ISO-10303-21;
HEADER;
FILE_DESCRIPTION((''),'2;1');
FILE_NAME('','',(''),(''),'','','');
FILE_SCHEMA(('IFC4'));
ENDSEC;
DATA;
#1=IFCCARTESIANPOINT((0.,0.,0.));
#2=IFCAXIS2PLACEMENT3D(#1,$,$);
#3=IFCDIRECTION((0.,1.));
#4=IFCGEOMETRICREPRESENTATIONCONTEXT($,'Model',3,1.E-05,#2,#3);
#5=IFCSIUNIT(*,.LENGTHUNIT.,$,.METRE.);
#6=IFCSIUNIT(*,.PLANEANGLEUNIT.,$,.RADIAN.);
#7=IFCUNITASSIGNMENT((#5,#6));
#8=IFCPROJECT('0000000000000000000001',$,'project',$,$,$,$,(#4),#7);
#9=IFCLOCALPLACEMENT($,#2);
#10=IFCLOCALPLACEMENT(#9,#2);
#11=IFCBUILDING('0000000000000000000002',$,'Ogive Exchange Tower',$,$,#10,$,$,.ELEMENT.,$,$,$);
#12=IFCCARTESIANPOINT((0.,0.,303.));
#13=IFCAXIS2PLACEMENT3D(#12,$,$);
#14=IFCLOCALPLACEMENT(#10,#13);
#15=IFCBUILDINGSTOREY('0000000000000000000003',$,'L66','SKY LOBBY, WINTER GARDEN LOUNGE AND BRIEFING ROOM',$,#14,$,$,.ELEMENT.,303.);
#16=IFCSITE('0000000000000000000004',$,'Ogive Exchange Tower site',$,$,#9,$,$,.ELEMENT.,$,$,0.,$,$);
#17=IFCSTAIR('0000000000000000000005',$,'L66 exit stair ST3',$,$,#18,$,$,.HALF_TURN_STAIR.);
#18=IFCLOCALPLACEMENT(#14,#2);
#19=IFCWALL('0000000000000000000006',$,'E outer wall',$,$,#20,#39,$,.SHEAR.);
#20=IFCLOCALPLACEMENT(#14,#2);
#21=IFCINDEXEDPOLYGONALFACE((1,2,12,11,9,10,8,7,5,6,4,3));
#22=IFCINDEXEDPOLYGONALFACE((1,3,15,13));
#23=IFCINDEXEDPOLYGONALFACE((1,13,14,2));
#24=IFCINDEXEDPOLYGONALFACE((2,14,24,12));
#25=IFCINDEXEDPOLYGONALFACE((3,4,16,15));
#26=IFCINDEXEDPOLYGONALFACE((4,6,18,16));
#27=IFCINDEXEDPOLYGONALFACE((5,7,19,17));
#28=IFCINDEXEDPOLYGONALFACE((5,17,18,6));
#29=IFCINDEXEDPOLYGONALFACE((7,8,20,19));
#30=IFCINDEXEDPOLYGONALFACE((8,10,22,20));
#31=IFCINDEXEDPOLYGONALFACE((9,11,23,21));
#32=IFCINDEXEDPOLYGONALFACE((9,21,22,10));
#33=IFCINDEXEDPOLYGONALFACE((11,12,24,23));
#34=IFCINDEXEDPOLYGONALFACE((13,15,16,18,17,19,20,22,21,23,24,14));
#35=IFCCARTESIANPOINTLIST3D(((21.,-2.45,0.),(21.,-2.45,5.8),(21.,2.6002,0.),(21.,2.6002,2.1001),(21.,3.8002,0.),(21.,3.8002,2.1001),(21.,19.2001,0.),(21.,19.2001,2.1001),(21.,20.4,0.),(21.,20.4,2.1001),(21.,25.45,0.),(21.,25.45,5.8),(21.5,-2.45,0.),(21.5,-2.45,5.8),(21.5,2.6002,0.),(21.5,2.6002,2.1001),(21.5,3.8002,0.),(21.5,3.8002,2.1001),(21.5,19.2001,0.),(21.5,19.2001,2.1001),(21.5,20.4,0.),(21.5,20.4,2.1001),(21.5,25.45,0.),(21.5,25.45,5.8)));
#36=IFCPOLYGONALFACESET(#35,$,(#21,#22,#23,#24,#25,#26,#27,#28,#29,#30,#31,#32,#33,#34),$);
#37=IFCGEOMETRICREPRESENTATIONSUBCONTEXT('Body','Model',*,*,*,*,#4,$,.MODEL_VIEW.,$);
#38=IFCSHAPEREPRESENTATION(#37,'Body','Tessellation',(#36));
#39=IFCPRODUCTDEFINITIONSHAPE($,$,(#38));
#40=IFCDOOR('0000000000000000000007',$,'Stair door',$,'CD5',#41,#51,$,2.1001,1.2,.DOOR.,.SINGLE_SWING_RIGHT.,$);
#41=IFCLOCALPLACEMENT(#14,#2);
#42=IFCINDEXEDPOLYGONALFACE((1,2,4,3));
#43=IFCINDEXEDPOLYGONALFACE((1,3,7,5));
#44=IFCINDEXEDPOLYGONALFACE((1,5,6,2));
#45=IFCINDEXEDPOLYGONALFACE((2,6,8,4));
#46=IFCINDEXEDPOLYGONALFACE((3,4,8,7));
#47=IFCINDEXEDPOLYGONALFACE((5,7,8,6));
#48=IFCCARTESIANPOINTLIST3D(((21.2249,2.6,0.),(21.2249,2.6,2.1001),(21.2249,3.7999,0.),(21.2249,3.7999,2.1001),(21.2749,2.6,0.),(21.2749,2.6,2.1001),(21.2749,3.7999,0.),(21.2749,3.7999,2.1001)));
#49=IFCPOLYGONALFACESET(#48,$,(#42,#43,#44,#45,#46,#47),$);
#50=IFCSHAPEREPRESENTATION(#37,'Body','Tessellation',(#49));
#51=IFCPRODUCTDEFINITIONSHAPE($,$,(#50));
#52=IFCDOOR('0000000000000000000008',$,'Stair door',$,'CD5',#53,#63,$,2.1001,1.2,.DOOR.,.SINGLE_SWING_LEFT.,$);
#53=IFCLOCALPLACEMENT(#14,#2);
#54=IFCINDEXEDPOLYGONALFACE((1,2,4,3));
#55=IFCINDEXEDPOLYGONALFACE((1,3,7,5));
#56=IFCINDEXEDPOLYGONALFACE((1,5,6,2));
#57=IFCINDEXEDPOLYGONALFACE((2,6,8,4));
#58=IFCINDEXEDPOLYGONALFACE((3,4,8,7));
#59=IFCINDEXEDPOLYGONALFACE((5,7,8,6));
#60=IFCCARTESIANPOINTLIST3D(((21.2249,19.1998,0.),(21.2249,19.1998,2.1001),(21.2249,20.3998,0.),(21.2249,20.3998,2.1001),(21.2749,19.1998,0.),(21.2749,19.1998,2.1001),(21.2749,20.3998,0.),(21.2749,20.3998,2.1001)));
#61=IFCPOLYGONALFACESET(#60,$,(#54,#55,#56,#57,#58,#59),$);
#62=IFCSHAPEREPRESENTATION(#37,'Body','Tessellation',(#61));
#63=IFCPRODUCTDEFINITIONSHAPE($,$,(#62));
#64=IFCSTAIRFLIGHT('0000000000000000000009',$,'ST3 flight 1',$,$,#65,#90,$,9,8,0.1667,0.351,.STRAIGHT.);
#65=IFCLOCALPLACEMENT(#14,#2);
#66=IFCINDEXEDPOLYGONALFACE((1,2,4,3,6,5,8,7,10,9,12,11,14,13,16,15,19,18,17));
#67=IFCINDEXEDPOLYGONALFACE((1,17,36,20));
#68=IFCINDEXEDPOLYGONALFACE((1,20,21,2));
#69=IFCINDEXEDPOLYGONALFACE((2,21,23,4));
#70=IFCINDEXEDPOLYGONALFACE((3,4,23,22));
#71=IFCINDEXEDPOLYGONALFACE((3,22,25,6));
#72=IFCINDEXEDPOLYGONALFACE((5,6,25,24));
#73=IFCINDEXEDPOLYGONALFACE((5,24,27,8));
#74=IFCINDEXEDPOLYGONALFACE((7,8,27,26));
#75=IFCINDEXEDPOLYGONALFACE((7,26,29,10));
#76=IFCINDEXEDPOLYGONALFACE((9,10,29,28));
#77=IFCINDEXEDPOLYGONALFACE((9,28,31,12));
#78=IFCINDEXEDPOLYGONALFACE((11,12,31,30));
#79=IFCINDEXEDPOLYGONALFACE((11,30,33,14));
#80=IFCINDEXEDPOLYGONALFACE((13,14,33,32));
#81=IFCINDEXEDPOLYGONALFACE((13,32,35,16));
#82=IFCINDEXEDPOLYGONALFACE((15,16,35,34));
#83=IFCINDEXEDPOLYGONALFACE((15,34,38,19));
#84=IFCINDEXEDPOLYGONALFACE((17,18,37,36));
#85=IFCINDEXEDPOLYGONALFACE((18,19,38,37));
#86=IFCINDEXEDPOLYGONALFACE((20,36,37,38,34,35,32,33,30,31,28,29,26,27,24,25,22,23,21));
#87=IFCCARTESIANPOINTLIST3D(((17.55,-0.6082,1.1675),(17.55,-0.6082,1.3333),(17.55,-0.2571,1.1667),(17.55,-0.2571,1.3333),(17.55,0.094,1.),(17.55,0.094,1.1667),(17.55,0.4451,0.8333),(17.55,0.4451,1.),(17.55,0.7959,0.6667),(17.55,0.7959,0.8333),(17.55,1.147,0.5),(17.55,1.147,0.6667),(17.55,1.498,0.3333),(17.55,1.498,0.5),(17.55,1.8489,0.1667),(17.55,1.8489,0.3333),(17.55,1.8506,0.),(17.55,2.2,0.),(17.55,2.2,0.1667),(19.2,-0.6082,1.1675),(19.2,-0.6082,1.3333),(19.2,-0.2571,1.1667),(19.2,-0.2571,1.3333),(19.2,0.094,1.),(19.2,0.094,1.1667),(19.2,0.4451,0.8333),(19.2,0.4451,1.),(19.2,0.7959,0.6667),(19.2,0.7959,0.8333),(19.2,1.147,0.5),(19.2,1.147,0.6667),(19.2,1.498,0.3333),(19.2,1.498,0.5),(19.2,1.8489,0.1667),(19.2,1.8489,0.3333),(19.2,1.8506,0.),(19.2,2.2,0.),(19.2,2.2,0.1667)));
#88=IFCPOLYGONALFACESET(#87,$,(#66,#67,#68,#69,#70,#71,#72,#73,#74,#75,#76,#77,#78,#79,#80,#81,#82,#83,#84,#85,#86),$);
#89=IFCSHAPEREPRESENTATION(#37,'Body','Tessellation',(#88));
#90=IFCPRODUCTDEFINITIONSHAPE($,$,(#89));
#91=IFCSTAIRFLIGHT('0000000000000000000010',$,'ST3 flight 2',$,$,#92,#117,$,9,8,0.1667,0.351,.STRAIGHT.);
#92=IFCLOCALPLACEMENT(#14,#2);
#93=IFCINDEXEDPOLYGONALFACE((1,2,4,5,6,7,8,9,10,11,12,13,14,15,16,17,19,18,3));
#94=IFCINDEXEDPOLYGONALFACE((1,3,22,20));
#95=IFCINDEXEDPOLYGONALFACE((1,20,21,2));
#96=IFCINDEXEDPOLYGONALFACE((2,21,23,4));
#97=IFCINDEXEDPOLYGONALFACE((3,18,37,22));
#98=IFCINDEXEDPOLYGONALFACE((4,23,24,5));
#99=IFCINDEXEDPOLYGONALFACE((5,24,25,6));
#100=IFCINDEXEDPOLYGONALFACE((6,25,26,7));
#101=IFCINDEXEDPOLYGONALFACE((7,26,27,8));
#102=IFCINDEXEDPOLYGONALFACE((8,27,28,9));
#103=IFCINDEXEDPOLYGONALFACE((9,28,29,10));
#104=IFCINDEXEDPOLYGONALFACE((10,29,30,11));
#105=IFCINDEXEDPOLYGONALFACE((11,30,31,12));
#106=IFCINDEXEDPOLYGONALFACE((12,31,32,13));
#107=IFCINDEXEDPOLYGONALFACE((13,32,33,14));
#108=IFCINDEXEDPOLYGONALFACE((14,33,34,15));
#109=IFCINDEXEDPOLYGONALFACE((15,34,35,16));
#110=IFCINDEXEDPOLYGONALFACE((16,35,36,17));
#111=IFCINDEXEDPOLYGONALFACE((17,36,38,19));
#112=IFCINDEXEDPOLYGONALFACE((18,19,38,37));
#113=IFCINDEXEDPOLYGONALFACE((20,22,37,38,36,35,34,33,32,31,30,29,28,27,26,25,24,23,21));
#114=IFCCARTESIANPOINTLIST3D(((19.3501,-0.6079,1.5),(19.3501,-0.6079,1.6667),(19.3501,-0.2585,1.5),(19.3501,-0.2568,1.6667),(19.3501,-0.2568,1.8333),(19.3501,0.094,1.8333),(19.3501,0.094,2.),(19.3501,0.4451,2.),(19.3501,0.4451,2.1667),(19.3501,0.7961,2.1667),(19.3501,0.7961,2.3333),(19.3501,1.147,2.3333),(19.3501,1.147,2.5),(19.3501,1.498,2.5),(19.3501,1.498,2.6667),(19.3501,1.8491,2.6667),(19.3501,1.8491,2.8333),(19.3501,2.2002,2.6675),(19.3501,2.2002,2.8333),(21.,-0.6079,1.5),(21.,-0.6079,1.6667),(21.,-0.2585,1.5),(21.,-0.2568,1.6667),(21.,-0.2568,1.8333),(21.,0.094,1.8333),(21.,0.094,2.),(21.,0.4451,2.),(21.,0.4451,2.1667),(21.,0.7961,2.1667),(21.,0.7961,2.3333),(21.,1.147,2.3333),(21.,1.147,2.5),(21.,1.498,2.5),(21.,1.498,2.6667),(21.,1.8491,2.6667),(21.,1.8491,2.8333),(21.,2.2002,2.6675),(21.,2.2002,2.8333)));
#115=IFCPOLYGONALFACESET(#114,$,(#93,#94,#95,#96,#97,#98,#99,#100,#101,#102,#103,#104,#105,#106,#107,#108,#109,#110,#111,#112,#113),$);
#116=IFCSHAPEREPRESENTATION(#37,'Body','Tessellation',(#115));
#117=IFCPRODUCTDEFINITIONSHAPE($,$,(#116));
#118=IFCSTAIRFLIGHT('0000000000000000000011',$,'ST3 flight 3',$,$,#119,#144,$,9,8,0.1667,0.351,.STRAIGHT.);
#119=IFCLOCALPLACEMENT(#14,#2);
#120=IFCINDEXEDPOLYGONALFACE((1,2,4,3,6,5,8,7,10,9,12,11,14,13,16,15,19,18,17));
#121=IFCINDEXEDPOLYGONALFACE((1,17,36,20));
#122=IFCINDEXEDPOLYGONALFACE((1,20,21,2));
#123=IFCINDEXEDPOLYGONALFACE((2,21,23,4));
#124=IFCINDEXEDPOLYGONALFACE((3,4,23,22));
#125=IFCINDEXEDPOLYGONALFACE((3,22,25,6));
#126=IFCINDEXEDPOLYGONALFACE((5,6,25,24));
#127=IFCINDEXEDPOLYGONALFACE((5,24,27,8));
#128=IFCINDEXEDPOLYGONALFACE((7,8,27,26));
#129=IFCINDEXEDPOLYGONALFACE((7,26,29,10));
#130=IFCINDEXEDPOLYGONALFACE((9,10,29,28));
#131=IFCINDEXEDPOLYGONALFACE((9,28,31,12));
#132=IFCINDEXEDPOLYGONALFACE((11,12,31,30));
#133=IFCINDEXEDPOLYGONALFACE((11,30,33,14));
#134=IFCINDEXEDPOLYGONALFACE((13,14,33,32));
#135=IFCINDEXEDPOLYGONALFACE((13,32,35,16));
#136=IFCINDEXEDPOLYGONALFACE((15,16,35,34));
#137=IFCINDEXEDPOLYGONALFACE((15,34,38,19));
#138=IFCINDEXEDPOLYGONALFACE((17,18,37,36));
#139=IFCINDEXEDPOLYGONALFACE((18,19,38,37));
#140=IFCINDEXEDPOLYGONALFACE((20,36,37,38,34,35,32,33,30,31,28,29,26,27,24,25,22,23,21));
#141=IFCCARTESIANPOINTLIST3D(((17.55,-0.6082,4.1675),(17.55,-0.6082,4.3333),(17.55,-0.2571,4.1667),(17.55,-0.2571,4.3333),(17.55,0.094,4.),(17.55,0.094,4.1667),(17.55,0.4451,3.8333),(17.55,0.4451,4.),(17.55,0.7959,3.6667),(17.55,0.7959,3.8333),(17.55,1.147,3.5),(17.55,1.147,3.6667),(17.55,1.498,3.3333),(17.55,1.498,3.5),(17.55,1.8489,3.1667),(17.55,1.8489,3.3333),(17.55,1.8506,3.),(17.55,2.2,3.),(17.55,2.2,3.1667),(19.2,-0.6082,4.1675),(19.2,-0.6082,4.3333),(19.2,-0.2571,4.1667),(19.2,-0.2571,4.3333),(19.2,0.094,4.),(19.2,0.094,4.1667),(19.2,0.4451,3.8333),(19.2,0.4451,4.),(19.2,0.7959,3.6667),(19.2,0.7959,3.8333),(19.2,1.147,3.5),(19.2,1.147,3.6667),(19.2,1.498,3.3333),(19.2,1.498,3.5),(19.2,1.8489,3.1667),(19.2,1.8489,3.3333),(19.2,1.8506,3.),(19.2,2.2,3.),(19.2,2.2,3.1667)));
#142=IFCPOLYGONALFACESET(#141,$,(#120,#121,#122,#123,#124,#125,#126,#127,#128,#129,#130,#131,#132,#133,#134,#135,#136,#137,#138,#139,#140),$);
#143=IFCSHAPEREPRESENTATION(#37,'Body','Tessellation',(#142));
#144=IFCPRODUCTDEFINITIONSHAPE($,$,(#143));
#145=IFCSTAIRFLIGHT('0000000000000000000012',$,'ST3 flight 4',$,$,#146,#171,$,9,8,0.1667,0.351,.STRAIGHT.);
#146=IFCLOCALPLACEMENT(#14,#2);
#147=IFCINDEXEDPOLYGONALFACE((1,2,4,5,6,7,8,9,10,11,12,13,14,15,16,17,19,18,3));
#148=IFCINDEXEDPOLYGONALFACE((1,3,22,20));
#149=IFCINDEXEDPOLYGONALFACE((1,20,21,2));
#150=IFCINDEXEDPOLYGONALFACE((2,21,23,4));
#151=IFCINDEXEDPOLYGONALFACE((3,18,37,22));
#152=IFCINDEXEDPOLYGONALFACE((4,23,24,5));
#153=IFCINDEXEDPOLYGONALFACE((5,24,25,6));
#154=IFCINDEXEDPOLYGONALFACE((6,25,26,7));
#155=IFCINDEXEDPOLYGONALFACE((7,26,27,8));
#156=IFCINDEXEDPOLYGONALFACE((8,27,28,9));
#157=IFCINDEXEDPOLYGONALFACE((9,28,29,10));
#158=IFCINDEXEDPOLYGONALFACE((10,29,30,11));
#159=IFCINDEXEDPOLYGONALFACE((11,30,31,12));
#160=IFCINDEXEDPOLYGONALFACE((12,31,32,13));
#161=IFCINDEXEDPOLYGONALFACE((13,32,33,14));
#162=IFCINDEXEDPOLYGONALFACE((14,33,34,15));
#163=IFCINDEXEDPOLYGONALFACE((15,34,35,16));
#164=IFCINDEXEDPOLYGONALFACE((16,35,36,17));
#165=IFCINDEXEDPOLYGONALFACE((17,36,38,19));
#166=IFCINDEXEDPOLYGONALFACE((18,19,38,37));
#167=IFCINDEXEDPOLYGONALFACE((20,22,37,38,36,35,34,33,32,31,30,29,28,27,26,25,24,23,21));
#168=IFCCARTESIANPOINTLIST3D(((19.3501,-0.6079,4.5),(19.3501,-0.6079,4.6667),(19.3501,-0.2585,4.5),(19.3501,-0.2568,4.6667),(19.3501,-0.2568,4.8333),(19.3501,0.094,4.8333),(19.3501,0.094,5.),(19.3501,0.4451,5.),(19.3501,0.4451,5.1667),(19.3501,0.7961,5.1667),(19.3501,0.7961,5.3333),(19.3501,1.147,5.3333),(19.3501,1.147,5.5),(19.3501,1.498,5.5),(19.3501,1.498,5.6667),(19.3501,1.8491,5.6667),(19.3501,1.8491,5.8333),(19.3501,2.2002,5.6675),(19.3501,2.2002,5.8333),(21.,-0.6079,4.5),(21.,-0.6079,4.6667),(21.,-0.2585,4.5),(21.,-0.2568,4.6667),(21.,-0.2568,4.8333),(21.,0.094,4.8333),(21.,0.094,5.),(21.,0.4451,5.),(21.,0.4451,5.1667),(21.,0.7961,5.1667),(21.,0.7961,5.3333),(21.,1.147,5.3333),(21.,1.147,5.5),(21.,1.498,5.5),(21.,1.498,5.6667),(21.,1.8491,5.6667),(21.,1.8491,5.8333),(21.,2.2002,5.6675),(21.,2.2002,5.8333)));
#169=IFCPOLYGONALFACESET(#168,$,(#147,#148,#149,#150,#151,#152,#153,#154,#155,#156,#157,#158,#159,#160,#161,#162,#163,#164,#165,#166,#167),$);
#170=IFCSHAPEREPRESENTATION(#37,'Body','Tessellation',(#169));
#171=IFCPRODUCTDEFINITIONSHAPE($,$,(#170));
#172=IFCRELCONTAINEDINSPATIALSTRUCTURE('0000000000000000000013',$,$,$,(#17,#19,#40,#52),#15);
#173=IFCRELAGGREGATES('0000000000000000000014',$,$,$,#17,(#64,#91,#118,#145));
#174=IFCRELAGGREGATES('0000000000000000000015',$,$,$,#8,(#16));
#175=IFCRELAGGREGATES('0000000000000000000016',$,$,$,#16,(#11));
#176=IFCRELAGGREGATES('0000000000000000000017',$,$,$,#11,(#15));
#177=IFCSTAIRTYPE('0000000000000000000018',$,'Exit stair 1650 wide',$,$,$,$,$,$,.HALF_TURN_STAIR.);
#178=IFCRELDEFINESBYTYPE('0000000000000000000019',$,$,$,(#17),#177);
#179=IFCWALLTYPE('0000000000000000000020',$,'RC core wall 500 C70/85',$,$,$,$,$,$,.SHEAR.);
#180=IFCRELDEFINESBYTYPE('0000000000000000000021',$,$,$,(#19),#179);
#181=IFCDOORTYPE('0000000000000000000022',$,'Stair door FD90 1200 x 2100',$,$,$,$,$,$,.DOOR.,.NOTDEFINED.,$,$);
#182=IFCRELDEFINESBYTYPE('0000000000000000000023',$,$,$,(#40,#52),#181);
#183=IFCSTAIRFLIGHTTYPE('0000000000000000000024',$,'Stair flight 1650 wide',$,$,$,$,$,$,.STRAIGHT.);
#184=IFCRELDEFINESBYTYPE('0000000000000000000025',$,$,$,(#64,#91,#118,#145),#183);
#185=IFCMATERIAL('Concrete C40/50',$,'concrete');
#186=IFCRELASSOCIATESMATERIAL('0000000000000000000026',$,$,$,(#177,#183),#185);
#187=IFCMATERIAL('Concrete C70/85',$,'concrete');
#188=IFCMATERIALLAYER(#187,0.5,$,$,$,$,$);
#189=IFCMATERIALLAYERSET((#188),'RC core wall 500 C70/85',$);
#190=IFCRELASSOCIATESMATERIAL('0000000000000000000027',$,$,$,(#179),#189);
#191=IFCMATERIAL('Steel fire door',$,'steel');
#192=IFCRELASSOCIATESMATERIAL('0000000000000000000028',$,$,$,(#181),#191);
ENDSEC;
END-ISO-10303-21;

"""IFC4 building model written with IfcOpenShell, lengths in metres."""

from ifc_helpers import new_model, si_unit, direction, frame, frame_2d, origin, place, context, subcontext, project, spatial, polyline, rectangle, outline, extrude, material, layer, layer_set, type_object, element, fill, aggregate, save


model = new_model("IFC4")

# Units and contexts
model_context = context("Model", 3, precision=1e-05, world=origin(), true_north=direction((0.0, 1.0)))
body_context = subcontext(model_context, "Body", "Model", "MODEL_VIEW")
ifc_project = project(units=[si_unit("LENGTHUNIT", "METRE"), si_unit("PLANEANGLEUNIT", "RADIAN")], contexts=[model_context])

# Site, building, storey
site_placement = place(None, origin())
site = spatial("IfcSite", under=ifc_project, at=site_placement, Name="Ogive Exchange Tower site", CompositionType="ELEMENT", RefElevation=0.0)
building_placement = place(site_placement, origin())
building = spatial("IfcBuilding", under=site, at=building_placement, Name="Ogive Exchange Tower", CompositionType="ELEMENT")
storey_placement = place(building_placement, frame((0.0, 0.0, 303.0)))
storey = spatial("IfcBuildingStorey", under=building, at=storey_placement, Name="L66", Description="SKY LOBBY, WINTER GARDEN LOUNGE AND BRIEFING ROOM", CompositionType="ELEMENT", Elevation=303.0)

# Stair
ifc_material_1 = material(Name="Concrete C40/50", Category="concrete")
stair_type = type_object("IfcStairType", Name="Exit stair 1650 wide", PredefinedType="HALF_TURN_STAIR", material=ifc_material_1)
stair_1_placement = place(storey_placement, origin())
stair_1 = element("IfcStair", 1, at=stair_1_placement, inside=storey, type_object=stair_type, Name="L66 exit stair ST3", PredefinedType="HALF_TURN_STAIR")

# Shared definitions
ifc_material_2 = material(Name="Concrete C70/85", Category="concrete")

# Wall, openings, doors
ifc_layer_1 = layer(ifc_material_2, 0.5)
ifc_layer_set_1 = layer_set([ifc_layer_1], Name="RC core wall 500 C70/85")
wall_type_1 = type_object("IfcWallType", Name="RC core wall 500 C70/85", PredefinedType="SHEAR", material=ifc_layer_set_1)
wall_1_placement = place(storey_placement, frame((21.25, -2.45, 0.0), z_axis=(0.0, 0.0, 1.0), x_axis=(0.0, 1.0, 0.0)))
wall_1 = element("IfcWall", 2, at=wall_1_placement, inside=storey, type_object=wall_type_1, Name="E outer wall", PredefinedType="SHEAR", context=body_context, shape_type="SweptSolid", body=[
    extrude(rectangle(XDim=27.8999, YDim=0.5, at=frame_2d((13.95, 0.0))), origin(), (0.0, 0.0, 1.0), 5.8),
])
opening_1_placement = place(wall_1_placement, frame((5.05, 0.0, 0.0)))
opening_1 = element("IfcOpeningElement", 3, at=opening_1_placement, cuts=wall_1, PredefinedType="OPENING", context=body_context, shape_type="SweptSolid", body=[
    extrude(rectangle(XDim=1.2, YDim=2.1001, at=frame_2d((0.6001, 1.05))), frame((0.0, 0.26, 0.0), z_axis=(0.0, -1.0, 0.0), x_axis=(1.0, 0.0, 0.0)), (0.0, 0.0, 1.0), 0.52),
])
opening_2_placement = place(wall_1_placement, frame((21.6499, 0.0, 0.0)))
opening_2 = element("IfcOpeningElement", 4, at=opening_2_placement, cuts=wall_1, PredefinedType="OPENING", context=body_context, shape_type="SweptSolid", body=[
    extrude(rectangle(XDim=1.2, YDim=2.1001, at=frame_2d((0.6001, 1.05))), frame((0.0, 0.26, 0.0), z_axis=(0.0, -1.0, 0.0), x_axis=(1.0, 0.0, 0.0)), (0.0, 0.0, 1.0), 0.52),
])
ifc_material_3 = material(Name="Steel fire door", Category="steel")
door_type = type_object("IfcDoorType", Name="Stair door FD90 1200 x 2100", OperationType="NOTDEFINED", PredefinedType="DOOR", material=ifc_material_3)
door_1_placement = place(opening_1_placement, frame((1.2, 0.0, 0.0), z_axis=(0.0, 0.0, 1.0), x_axis=(-1.0, 0.0, 0.0)))
door_1 = element("IfcDoor", 5, at=door_1_placement, inside=storey, type_object=door_type, Name="Stair door", ObjectType="CD5", OperationType="SINGLE_SWING_RIGHT", OverallHeight=2.1001, OverallWidth=1.2, PredefinedType="DOOR", context=body_context, shape_type="SweptSolid", body=[
    extrude(rectangle(XDim=1.2, YDim=2.1001, at=frame_2d((0.6001, 1.05))), frame((0.0, 0.0249, 0.0), z_axis=(0.0, -1.0, 0.0), x_axis=(1.0, 0.0, 0.0)), (0.0, 0.0, 1.0), 0.05),
])
fill(opening_1, door_1)
door_2_placement = place(opening_2_placement, frame((1.2, 0.0, 0.0), z_axis=(0.0, 0.0, 1.0), x_axis=(-1.0, 0.0, 0.0)))
door_2 = element("IfcDoor", 6, at=door_2_placement, inside=storey, type_object=door_type, Name="Stair door", ObjectType="CD5", OperationType="SINGLE_SWING_LEFT", OverallHeight=2.1001, OverallWidth=1.2, PredefinedType="DOOR", context=body_context, shape_type="SweptSolid", body=[
    extrude(rectangle(XDim=1.2, YDim=2.1001, at=frame_2d((0.6001, 1.05))), frame((0.0, 0.0249, 0.0), z_axis=(0.0, -1.0, 0.0), x_axis=(1.0, 0.0, 0.0)), (0.0, 0.0, 1.0), 0.05),
])
fill(opening_2, door_2)

# Stair flights
stair_flight_type = type_object("IfcStairFlightType", Name="Stair flight 1650 wide", PredefinedType="STRAIGHT", material=ifc_material_1)
stair_flight_1_placement = place(storey_placement, frame((18.375, 2.2, 0.0), z_axis=(0.0, 0.0, 1.0), x_axis=(0.0, -1.0, 0.0)))
stair_flight_1 = element("IfcStairFlight", 7, at=stair_flight_1_placement, type_object=stair_flight_type, Name="ST3 flight 1", NumberOfRisers=9, NumberOfTreads=8, PredefinedType="STRAIGHT", RiserHeight=0.1667, TreadLength=0.351, context=body_context, shape_type="SweptSolid", body=[
    extrude(outline(polyline([(0.0, 0.0), (0.0, 0.1667), (0.3511, 0.1667), (0.3511, 0.3333), (0.7019, 0.3333), (0.7019, 0.5), (1.053, 0.5), (1.053, 0.6667), (1.4041, 0.6667), (1.4041, 0.8333), (1.7549, 0.8333), (1.7549, 1.0), (2.106, 1.0), (2.106, 1.1667), (2.457, 1.1667), (2.457, 1.3333), (2.8081, 1.3333), (2.8081, 1.5), (2.8081, 1.1675), (0.3494, 0.0), (0.0, 0.0)])), frame((0.0, 0.825, 0.0), z_axis=(0.0, -1.0, 0.0), x_axis=(1.0, 0.0, 0.0)), (0.0, 0.0, 1.0), 1.6499),
])
stair_flight_2_placement = place(storey_placement, frame((20.175, -0.6079, 1.5), z_axis=(0.0, 0.0, 1.0), x_axis=(0.0, 1.0, 0.0)))
stair_flight_2 = element("IfcStairFlight", 8, at=stair_flight_2_placement, type_object=stair_flight_type, Name="ST3 flight 2", NumberOfRisers=9, NumberOfTreads=8, PredefinedType="STRAIGHT", RiserHeight=0.1667, TreadLength=0.351, context=body_context, shape_type="SweptSolid", body=[
    extrude(outline(polyline([(0.0, 0.0), (0.0, 0.1667), (0.3511, 0.1667), (0.3511, 0.3333), (0.7019, 0.3333), (0.7019, 0.5), (1.053, 0.5), (1.053, 0.6667), (1.4041, 0.6667), (1.4041, 0.8333), (1.7549, 0.8333), (1.7549, 1.0), (2.106, 1.0), (2.106, 1.1667), (2.457, 1.1667), (2.457, 1.3333), (2.8081, 1.3333), (2.8081, 1.5), (2.8081, 1.1675), (0.3494, 0.0), (0.0, 0.0)])), frame((0.0, 0.825, 0.0), z_axis=(0.0, -1.0, 0.0), x_axis=(1.0, 0.0, 0.0)), (0.0, 0.0, 1.0), 1.6499),
])
stair_flight_3_placement = place(storey_placement, frame((18.375, 2.2, 3.0), z_axis=(0.0, 0.0, 1.0), x_axis=(0.0, -1.0, 0.0)))
stair_flight_3 = element("IfcStairFlight", 9, at=stair_flight_3_placement, type_object=stair_flight_type, Name="ST3 flight 3", NumberOfRisers=9, NumberOfTreads=8, PredefinedType="STRAIGHT", RiserHeight=0.1667, TreadLength=0.351, context=body_context, shape_type="SweptSolid", body=[
    extrude(outline(polyline([(0.0, 0.0), (0.0, 0.1667), (0.3511, 0.1667), (0.3511, 0.3333), (0.7019, 0.3333), (0.7019, 0.5), (1.053, 0.5), (1.053, 0.6667), (1.4041, 0.6667), (1.4041, 0.8333), (1.7549, 0.8333), (1.7549, 1.0), (2.106, 1.0), (2.106, 1.1667), (2.457, 1.1667), (2.457, 1.3333), (2.8081, 1.3333), (2.8081, 1.5), (2.8081, 1.1675), (0.3494, 0.0), (0.0, 0.0)])), frame((0.0, 0.825, 0.0), z_axis=(0.0, -1.0, 0.0), x_axis=(1.0, 0.0, 0.0)), (0.0, 0.0, 1.0), 1.6499),
])
stair_flight_4_placement = place(storey_placement, frame((20.175, -0.6079, 4.5), z_axis=(0.0, 0.0, 1.0), x_axis=(0.0, 1.0, 0.0)))
stair_flight_4 = element("IfcStairFlight", 10, at=stair_flight_4_placement, type_object=stair_flight_type, Name="ST3 flight 4", NumberOfRisers=9, NumberOfTreads=8, PredefinedType="STRAIGHT", RiserHeight=0.1667, TreadLength=0.351, context=body_context, shape_type="SweptSolid", body=[
    extrude(outline(polyline([(0.0, 0.0), (0.0, 0.1667), (0.3511, 0.1667), (0.3511, 0.3333), (0.7019, 0.3333), (0.7019, 0.5), (1.053, 0.5), (1.053, 0.6667), (1.4041, 0.6667), (1.4041, 0.8333), (1.7549, 0.8333), (1.7549, 1.0), (2.106, 1.0), (2.106, 1.1667), (2.457, 1.1667), (2.457, 1.3333), (2.8081, 1.3333), (2.8081, 1.5), (2.8081, 1.1675), (0.3494, 0.0), (0.0, 0.0)])), frame((0.0, 0.825, 0.0), z_axis=(0.0, -1.0, 0.0), x_axis=(1.0, 0.0, 0.0)), (0.0, 0.0, 1.0), 1.6499),
])
aggregate(stair_1, [stair_flight_1, stair_flight_2, stair_flight_3, stair_flight_4])

save(model, "model.ifc")
